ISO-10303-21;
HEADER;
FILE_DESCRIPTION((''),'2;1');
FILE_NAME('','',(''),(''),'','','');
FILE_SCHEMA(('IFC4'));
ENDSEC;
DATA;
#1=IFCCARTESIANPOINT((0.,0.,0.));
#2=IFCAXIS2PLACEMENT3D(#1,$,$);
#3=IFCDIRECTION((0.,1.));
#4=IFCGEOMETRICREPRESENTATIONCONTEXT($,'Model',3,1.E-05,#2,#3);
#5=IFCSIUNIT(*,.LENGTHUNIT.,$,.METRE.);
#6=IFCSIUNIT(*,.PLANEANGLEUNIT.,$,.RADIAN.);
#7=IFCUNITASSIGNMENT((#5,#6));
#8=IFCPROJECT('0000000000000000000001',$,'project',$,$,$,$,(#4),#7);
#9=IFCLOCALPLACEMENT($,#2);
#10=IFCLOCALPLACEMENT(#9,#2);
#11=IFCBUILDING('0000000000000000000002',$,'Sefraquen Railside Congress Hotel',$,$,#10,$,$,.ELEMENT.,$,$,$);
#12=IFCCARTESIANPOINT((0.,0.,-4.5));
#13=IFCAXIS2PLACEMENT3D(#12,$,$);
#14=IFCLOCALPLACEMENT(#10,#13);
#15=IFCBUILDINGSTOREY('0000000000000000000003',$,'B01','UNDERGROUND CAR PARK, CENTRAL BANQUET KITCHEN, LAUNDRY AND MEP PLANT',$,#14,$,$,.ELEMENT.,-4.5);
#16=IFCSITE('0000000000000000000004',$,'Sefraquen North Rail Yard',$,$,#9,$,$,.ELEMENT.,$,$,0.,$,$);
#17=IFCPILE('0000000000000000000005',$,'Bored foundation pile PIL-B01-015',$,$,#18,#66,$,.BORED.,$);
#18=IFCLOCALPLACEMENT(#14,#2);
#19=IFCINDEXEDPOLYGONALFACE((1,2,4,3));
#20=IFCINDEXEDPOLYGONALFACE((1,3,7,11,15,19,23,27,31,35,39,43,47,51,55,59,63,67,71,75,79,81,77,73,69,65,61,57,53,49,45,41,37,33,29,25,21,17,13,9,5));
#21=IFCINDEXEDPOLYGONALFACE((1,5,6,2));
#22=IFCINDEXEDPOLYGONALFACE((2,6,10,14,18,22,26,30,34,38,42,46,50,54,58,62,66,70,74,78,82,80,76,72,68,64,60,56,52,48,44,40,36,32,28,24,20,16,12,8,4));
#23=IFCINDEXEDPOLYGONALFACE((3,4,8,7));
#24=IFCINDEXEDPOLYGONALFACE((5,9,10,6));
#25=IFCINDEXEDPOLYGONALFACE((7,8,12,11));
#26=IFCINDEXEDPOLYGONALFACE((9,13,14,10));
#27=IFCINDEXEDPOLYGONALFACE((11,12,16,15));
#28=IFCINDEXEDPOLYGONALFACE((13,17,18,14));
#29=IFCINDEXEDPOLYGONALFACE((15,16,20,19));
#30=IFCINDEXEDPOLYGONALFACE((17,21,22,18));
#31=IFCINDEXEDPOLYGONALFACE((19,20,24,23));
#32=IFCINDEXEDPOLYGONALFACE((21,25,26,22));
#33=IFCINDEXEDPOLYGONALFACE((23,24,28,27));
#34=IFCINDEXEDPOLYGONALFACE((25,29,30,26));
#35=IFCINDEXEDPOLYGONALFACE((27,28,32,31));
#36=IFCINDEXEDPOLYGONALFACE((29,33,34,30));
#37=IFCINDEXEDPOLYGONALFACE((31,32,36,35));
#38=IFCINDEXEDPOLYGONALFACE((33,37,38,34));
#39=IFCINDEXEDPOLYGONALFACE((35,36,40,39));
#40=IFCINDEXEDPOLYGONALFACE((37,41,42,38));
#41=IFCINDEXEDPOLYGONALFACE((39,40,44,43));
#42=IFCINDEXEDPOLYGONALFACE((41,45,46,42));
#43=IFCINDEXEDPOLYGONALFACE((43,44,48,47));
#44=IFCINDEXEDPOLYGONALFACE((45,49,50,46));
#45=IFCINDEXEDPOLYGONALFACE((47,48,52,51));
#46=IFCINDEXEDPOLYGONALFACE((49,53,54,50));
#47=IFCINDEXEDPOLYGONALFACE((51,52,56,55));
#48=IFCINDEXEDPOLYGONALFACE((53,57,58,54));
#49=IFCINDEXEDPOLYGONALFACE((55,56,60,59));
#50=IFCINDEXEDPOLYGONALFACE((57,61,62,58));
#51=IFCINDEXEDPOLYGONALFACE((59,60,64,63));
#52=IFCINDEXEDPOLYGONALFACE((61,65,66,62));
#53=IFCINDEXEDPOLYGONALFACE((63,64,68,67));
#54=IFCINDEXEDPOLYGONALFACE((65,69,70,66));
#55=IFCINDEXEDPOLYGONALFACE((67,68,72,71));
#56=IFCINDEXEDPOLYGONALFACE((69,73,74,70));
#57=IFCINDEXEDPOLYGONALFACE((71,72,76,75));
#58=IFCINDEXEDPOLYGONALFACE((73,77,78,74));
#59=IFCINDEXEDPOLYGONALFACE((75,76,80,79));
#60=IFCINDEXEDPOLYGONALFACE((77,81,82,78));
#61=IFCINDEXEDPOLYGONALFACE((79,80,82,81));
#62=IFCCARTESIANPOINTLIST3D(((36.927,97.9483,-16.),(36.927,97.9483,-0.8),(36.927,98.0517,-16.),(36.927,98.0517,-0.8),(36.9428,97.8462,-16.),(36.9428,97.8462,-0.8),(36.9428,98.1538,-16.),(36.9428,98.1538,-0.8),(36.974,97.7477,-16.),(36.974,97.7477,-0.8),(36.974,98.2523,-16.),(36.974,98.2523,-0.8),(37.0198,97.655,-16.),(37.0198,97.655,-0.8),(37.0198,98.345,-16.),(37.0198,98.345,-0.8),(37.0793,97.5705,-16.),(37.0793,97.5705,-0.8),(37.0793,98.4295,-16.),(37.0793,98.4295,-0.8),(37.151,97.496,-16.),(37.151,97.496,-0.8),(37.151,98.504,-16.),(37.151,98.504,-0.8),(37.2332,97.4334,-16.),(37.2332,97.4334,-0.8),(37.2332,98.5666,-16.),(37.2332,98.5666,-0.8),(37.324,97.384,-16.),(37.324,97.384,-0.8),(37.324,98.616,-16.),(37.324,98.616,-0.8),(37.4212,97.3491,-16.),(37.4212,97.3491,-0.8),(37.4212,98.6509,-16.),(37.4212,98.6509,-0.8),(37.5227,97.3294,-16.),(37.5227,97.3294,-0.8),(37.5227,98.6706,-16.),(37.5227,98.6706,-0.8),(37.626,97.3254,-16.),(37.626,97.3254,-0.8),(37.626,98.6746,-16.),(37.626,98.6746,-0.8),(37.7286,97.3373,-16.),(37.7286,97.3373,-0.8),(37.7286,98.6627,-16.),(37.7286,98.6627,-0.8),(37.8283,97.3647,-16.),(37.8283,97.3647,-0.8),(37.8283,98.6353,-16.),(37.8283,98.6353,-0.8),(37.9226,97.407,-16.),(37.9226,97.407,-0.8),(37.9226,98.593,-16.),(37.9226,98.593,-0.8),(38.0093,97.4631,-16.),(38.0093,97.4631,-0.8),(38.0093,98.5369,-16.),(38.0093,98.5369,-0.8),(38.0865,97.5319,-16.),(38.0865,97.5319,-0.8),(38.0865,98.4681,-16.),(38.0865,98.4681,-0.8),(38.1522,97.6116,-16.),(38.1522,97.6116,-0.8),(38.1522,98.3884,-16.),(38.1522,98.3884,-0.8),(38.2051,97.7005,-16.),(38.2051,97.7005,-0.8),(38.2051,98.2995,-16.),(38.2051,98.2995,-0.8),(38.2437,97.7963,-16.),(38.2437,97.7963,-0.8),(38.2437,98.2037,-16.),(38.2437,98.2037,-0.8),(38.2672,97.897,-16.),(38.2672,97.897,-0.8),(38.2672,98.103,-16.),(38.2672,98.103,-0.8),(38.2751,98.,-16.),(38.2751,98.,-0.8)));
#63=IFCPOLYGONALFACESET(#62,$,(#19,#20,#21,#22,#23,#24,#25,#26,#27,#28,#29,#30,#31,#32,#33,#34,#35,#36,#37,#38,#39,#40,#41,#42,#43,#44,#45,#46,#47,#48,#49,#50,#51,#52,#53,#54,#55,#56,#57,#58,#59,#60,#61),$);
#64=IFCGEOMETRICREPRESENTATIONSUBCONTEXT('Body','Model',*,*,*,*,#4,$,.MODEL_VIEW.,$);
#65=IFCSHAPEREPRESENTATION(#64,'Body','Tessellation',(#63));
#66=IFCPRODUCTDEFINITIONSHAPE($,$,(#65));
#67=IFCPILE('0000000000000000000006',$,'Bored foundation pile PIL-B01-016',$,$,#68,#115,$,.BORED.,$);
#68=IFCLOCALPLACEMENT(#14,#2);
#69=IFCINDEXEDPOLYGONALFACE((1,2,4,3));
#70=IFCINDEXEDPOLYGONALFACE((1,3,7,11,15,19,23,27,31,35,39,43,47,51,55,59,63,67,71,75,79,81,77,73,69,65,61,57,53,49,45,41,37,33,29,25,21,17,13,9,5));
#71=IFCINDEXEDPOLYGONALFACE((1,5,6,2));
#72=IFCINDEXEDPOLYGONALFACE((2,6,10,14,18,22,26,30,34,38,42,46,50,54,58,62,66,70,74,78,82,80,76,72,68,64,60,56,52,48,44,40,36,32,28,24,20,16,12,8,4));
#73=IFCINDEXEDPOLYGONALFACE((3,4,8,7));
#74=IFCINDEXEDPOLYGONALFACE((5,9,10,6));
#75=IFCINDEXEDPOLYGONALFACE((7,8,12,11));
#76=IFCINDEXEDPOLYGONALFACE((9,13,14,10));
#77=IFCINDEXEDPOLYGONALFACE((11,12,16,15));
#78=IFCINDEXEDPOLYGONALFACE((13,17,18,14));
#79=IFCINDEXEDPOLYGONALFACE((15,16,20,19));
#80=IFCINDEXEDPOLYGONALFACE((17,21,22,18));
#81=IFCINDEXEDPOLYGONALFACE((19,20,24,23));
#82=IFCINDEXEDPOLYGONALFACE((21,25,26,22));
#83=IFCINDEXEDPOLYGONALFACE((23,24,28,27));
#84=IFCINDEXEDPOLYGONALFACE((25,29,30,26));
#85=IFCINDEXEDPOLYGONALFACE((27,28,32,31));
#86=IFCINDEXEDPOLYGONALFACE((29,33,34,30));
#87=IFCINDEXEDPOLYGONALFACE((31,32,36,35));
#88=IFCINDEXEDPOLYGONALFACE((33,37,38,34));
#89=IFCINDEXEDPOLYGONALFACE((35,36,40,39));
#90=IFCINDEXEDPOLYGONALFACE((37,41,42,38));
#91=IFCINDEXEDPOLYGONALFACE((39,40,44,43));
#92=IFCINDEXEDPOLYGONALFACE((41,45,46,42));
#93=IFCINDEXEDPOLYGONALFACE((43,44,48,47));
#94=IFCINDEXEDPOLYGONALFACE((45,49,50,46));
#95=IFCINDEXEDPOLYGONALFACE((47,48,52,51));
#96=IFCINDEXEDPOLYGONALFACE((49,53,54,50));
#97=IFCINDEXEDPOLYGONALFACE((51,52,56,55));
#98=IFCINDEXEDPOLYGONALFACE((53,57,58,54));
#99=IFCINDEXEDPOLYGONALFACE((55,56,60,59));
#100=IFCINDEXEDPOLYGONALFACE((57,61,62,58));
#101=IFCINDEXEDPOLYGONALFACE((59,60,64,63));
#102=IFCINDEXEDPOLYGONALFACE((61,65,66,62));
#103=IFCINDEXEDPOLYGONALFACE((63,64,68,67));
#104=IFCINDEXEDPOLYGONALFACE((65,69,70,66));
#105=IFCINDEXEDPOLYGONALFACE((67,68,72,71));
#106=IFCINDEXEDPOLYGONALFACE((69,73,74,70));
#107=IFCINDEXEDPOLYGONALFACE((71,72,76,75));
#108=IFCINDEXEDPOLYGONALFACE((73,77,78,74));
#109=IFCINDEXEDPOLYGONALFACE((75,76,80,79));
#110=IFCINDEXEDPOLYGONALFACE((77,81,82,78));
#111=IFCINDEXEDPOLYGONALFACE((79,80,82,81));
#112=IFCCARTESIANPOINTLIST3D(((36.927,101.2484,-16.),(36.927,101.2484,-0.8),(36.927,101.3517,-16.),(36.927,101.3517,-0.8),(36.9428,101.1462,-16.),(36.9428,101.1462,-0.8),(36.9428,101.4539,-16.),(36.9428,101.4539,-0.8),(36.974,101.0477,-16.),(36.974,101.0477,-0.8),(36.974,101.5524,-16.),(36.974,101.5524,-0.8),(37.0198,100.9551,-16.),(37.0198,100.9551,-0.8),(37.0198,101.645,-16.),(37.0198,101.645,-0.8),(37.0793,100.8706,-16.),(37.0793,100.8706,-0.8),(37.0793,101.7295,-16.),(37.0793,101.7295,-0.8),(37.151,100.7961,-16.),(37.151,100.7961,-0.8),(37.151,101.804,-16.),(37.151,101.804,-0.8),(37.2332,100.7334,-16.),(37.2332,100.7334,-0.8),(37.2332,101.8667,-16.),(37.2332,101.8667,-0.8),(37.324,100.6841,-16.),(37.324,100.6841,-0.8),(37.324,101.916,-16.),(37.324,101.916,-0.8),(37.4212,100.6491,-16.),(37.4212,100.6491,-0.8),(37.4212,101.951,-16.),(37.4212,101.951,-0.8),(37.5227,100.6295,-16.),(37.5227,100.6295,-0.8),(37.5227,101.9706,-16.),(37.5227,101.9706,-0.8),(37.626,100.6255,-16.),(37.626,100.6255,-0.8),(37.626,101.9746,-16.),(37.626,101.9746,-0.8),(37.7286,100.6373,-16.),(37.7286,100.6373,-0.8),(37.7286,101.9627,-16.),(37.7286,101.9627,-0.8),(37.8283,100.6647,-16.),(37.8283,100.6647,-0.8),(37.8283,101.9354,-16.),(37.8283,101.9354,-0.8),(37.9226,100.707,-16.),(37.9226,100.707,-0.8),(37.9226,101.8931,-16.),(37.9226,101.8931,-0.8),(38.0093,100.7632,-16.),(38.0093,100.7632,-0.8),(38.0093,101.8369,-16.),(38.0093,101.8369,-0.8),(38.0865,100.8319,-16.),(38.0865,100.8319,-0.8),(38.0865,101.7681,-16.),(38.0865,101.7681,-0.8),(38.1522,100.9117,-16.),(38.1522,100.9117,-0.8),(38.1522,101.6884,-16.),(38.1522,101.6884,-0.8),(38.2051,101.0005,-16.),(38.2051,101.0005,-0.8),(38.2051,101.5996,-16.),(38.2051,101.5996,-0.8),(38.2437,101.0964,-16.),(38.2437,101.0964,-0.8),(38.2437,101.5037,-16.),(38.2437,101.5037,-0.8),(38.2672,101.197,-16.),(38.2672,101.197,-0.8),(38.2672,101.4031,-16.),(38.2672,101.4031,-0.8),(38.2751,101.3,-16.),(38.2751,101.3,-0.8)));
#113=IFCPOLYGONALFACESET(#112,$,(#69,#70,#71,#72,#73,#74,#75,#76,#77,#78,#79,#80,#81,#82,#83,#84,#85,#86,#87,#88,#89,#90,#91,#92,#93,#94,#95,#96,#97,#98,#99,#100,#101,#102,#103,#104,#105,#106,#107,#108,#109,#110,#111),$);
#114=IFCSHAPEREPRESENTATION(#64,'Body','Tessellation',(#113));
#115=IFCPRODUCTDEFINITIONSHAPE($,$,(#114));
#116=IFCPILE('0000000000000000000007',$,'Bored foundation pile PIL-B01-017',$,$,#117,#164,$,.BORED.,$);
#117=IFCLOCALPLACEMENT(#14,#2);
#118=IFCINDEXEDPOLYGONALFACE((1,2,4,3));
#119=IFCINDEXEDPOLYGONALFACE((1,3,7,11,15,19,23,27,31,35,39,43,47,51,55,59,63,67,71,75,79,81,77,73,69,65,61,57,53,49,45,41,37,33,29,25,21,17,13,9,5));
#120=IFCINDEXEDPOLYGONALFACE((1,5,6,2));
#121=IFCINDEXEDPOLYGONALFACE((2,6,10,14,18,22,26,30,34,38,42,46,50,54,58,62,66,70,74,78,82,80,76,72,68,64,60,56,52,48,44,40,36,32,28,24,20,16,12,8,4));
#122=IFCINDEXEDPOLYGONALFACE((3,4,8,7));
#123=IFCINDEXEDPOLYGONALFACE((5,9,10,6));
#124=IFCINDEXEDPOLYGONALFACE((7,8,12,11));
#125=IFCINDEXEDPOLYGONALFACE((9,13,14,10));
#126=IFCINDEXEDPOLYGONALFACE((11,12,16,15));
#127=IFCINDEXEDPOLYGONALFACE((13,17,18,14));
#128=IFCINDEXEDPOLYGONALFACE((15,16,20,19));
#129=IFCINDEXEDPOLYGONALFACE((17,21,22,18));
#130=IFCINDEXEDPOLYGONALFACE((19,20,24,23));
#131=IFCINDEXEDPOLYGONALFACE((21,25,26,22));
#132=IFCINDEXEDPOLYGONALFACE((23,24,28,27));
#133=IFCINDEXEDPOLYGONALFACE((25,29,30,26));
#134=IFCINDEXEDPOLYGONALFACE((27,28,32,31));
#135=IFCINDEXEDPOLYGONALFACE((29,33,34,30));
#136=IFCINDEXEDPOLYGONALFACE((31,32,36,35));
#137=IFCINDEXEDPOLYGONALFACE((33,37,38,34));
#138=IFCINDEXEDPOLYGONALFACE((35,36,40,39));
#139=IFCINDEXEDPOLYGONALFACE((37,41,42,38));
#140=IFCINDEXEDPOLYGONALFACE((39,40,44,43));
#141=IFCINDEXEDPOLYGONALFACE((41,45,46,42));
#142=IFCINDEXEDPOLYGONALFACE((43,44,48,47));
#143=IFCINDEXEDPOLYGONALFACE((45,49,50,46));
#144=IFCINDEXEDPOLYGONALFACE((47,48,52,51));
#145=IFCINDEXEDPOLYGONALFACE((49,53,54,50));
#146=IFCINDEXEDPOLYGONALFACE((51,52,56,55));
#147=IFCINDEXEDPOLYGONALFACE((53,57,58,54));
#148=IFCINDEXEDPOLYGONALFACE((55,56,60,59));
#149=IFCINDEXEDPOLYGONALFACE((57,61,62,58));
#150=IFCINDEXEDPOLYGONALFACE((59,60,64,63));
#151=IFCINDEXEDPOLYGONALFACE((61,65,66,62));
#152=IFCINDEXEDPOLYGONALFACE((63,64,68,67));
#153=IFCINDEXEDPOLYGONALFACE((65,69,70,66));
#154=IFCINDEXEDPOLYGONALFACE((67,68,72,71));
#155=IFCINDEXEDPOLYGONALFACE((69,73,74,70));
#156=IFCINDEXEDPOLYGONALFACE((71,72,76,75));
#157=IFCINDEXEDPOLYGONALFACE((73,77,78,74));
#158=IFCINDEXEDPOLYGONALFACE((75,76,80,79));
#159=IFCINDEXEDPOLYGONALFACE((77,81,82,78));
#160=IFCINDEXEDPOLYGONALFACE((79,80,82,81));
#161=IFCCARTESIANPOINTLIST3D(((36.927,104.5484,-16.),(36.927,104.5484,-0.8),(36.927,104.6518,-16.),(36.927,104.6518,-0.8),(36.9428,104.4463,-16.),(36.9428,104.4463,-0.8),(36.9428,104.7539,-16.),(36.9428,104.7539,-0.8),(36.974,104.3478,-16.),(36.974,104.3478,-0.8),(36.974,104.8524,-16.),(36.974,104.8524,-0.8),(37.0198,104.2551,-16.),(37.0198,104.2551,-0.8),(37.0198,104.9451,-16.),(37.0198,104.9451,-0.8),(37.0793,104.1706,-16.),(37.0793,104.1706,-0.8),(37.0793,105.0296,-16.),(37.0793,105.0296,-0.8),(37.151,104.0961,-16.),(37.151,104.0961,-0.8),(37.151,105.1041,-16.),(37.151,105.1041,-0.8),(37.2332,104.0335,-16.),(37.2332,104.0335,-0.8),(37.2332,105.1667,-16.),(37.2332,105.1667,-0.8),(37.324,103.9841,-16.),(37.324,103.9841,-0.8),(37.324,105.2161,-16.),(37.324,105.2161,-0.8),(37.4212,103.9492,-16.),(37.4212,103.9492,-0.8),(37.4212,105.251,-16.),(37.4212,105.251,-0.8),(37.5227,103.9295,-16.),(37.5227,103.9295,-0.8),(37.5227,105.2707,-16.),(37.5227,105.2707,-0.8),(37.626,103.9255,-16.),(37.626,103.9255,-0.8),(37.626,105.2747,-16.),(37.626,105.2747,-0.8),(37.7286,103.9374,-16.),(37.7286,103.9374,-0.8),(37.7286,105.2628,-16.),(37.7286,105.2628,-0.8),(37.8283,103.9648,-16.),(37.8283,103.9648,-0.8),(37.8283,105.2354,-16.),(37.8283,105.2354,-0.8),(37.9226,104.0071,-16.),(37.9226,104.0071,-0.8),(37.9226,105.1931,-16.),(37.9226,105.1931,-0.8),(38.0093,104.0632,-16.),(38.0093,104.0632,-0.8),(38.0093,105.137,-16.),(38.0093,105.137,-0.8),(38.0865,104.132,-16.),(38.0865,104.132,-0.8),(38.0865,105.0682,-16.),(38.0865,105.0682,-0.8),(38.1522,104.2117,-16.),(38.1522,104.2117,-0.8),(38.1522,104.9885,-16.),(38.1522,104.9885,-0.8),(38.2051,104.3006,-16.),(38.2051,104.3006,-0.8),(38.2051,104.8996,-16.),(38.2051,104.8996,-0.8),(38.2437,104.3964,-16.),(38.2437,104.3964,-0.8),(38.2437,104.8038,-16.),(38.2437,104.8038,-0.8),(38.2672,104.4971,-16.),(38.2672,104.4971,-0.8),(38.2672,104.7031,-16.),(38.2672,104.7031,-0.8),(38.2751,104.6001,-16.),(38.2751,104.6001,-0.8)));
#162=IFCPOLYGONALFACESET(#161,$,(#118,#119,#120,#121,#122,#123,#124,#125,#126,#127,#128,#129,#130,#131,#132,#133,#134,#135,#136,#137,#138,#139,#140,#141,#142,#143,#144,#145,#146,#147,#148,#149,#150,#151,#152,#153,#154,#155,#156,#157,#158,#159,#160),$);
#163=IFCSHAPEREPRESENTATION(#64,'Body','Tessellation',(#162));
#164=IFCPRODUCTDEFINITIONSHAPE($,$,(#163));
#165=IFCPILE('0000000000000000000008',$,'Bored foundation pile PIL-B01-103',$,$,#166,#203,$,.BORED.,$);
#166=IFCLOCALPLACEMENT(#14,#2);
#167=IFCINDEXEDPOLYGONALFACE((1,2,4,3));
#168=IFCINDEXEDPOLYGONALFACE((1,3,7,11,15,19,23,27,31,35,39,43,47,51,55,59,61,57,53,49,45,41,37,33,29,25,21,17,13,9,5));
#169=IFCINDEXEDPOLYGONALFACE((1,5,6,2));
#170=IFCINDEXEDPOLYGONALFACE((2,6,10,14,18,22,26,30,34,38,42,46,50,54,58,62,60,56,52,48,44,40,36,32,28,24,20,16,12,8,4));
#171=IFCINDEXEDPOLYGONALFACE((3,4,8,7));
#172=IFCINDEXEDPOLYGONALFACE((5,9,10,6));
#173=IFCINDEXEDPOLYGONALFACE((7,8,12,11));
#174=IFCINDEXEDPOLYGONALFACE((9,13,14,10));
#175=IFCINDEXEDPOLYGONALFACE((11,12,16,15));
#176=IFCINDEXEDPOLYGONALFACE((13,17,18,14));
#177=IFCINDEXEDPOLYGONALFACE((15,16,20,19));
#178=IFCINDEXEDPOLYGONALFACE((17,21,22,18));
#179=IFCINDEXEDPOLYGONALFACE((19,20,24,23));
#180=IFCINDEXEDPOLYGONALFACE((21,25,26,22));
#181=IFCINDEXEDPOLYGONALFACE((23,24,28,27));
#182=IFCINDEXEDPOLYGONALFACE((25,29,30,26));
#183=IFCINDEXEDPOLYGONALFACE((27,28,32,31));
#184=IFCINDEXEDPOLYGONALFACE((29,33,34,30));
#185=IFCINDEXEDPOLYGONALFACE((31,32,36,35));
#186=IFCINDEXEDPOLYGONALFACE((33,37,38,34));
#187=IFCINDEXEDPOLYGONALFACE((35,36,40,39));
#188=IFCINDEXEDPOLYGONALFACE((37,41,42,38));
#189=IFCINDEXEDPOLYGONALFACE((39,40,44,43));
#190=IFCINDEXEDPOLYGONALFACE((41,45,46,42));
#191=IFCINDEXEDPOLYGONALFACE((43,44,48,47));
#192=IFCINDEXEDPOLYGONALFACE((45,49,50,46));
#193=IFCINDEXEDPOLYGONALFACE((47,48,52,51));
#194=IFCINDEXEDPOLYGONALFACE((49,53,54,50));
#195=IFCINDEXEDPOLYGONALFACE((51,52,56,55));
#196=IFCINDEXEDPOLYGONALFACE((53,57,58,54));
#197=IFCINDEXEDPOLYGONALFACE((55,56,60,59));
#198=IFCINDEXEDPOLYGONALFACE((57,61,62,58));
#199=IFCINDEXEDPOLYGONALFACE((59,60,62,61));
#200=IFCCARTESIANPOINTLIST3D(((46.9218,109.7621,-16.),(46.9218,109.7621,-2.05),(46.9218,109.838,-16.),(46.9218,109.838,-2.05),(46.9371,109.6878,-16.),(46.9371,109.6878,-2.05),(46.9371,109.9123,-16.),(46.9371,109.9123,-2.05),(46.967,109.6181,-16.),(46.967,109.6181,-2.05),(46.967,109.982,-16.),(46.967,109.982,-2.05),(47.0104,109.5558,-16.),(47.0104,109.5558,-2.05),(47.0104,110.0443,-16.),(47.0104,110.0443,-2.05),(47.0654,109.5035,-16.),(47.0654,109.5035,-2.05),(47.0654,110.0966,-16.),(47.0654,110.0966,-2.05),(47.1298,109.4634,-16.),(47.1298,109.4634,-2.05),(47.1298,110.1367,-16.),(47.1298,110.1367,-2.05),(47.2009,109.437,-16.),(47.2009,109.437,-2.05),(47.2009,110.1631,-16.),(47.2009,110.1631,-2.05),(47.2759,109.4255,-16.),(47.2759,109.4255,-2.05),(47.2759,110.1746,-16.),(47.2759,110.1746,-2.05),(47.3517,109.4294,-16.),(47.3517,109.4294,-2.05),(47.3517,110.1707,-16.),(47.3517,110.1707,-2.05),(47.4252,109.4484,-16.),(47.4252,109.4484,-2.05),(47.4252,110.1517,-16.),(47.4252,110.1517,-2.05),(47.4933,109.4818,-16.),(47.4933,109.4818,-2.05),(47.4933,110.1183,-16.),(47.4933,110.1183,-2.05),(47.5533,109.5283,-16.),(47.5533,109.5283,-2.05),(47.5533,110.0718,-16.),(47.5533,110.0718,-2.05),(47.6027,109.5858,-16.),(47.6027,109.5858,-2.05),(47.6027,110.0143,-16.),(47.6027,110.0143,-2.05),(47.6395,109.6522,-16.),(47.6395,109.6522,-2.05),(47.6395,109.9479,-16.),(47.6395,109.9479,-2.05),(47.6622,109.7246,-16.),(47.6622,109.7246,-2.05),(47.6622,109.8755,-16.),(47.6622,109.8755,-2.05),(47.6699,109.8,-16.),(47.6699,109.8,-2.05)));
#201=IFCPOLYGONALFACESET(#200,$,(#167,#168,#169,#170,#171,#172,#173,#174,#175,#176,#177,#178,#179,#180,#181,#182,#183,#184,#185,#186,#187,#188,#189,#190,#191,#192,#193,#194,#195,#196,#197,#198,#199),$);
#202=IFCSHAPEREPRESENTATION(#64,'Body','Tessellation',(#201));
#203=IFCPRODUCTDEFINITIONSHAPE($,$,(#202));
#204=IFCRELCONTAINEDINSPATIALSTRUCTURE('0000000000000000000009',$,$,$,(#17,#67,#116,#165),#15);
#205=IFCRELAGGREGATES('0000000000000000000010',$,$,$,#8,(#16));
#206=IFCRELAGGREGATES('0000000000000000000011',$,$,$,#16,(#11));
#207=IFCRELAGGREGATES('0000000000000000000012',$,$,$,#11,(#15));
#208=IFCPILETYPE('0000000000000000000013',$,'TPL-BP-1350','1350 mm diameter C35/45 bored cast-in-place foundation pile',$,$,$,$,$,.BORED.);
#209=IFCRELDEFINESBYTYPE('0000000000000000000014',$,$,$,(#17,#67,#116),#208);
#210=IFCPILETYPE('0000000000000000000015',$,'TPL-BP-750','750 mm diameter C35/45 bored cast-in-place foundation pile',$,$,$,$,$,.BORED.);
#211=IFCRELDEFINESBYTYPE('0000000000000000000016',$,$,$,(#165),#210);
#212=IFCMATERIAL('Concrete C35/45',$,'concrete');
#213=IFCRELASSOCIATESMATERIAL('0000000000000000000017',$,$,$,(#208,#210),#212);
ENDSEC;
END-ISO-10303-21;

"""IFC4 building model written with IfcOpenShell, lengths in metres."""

from ifc_helpers import new_model, si_unit, direction, frame, origin, origin_2d, place, context, subcontext, project, spatial, circle, extrude, material, material_profile, profile_set, type_object, element, save


model = new_model("IFC4")

# Units and contexts
model_context = context("Model", 3, precision=1e-05, world=origin(), true_north=direction((0.0, 1.0)))
body_context = subcontext(model_context, "Body", "Model", "MODEL_VIEW")
ifc_project = project(units=[si_unit("LENGTHUNIT", "METRE"), si_unit("PLANEANGLEUNIT", "RADIAN")], contexts=[model_context])

# Site, building, storey
site_placement = place(None, origin())
site = spatial("IfcSite", under=ifc_project, at=site_placement, Name="Sefraquen North Rail Yard", CompositionType="ELEMENT", RefElevation=0.0)
building_placement = place(site_placement, origin())
building = spatial("IfcBuilding", under=site, at=building_placement, Name="Sefraquen Railside Congress Hotel", CompositionType="ELEMENT")
storey_placement = place(building_placement, frame((0.0, 0.0, -4.5)))
storey = spatial("IfcBuildingStorey", under=building, at=storey_placement, Name="B01", Description="UNDERGROUND CAR PARK, CENTRAL BANQUET KITCHEN, LAUNDRY AND MEP PLANT", CompositionType="ELEMENT", Elevation=-4.5)

# Piles
ifc_material_1 = material(Name="Concrete C35/45", Category="concrete")
ifc_material_profile_1 = material_profile(ifc_material_1, circle(Radius=0.675, at=origin_2d()), Name="BORED PILE 1350")
ifc_profile_set_1 = profile_set([ifc_material_profile_1], Name="Concrete C35/45")
pile_type_1 = type_object("IfcPileType", Name="TPL-BP-1350", Description="1350 mm diameter C35/45 bored cast-in-place foundation pile", PredefinedType="BORED", material=ifc_profile_set_1)
for number, where, z_axis, x_axis, name in (
    (1, (37.6001, 98.0, -0.8), (0.0, 0.0, -1.0), (1.0, 0.0, 0.0), "Bored foundation pile PIL-B01-015"),
    (2, (37.6001, 101.3, -0.8), (0.0, 0.0, -1.0), (1.0, 0.0, 0.0), "Bored foundation pile PIL-B01-016"),
    (3, (37.6001, 104.6001, -0.8), (0.0, 0.0, -1.0), (1.0, 0.0, 0.0), "Bored foundation pile PIL-B01-017"),
):
    element("IfcPile", number, at=place(storey_placement, frame(where, z_axis=z_axis, x_axis=x_axis)), inside=storey, type_object=pile_type_1, Name=name, PredefinedType="BORED", context=body_context, shape_type="SweptSolid", body=[
        extrude(circle(Radius=0.675, at=origin_2d()), origin(), (0.0, 0.0, 1.0), 15.2),
    ])
ifc_material_profile_2 = material_profile(ifc_material_1, circle(Radius=0.375, at=origin_2d()), Name="BORED PILE 750")
ifc_profile_set_2 = profile_set([ifc_material_profile_2], Name="Concrete C35/45")
pile_type_2 = type_object("IfcPileType", Name="TPL-BP-750", Description="750 mm diameter C35/45 bored cast-in-place foundation pile", PredefinedType="BORED", material=ifc_profile_set_2)
for number, where, z_axis, x_axis, name in (
    (4, (47.2949, 109.8, -2.05), (0.0, 0.0, -1.0), (1.0, 0.0, 0.0), "Bored foundation pile PIL-B01-103"),
):
    element("IfcPile", number, at=place(storey_placement, frame(where, z_axis=z_axis, x_axis=x_axis)), inside=storey, type_object=pile_type_2, Name=name, PredefinedType="BORED", context=body_context, shape_type="SweptSolid", body=[
        extrude(circle(Radius=0.375, at=origin_2d()), origin(), (0.0, 0.0, 1.0), 13.95),
    ])

save(model, "model.ifc")
